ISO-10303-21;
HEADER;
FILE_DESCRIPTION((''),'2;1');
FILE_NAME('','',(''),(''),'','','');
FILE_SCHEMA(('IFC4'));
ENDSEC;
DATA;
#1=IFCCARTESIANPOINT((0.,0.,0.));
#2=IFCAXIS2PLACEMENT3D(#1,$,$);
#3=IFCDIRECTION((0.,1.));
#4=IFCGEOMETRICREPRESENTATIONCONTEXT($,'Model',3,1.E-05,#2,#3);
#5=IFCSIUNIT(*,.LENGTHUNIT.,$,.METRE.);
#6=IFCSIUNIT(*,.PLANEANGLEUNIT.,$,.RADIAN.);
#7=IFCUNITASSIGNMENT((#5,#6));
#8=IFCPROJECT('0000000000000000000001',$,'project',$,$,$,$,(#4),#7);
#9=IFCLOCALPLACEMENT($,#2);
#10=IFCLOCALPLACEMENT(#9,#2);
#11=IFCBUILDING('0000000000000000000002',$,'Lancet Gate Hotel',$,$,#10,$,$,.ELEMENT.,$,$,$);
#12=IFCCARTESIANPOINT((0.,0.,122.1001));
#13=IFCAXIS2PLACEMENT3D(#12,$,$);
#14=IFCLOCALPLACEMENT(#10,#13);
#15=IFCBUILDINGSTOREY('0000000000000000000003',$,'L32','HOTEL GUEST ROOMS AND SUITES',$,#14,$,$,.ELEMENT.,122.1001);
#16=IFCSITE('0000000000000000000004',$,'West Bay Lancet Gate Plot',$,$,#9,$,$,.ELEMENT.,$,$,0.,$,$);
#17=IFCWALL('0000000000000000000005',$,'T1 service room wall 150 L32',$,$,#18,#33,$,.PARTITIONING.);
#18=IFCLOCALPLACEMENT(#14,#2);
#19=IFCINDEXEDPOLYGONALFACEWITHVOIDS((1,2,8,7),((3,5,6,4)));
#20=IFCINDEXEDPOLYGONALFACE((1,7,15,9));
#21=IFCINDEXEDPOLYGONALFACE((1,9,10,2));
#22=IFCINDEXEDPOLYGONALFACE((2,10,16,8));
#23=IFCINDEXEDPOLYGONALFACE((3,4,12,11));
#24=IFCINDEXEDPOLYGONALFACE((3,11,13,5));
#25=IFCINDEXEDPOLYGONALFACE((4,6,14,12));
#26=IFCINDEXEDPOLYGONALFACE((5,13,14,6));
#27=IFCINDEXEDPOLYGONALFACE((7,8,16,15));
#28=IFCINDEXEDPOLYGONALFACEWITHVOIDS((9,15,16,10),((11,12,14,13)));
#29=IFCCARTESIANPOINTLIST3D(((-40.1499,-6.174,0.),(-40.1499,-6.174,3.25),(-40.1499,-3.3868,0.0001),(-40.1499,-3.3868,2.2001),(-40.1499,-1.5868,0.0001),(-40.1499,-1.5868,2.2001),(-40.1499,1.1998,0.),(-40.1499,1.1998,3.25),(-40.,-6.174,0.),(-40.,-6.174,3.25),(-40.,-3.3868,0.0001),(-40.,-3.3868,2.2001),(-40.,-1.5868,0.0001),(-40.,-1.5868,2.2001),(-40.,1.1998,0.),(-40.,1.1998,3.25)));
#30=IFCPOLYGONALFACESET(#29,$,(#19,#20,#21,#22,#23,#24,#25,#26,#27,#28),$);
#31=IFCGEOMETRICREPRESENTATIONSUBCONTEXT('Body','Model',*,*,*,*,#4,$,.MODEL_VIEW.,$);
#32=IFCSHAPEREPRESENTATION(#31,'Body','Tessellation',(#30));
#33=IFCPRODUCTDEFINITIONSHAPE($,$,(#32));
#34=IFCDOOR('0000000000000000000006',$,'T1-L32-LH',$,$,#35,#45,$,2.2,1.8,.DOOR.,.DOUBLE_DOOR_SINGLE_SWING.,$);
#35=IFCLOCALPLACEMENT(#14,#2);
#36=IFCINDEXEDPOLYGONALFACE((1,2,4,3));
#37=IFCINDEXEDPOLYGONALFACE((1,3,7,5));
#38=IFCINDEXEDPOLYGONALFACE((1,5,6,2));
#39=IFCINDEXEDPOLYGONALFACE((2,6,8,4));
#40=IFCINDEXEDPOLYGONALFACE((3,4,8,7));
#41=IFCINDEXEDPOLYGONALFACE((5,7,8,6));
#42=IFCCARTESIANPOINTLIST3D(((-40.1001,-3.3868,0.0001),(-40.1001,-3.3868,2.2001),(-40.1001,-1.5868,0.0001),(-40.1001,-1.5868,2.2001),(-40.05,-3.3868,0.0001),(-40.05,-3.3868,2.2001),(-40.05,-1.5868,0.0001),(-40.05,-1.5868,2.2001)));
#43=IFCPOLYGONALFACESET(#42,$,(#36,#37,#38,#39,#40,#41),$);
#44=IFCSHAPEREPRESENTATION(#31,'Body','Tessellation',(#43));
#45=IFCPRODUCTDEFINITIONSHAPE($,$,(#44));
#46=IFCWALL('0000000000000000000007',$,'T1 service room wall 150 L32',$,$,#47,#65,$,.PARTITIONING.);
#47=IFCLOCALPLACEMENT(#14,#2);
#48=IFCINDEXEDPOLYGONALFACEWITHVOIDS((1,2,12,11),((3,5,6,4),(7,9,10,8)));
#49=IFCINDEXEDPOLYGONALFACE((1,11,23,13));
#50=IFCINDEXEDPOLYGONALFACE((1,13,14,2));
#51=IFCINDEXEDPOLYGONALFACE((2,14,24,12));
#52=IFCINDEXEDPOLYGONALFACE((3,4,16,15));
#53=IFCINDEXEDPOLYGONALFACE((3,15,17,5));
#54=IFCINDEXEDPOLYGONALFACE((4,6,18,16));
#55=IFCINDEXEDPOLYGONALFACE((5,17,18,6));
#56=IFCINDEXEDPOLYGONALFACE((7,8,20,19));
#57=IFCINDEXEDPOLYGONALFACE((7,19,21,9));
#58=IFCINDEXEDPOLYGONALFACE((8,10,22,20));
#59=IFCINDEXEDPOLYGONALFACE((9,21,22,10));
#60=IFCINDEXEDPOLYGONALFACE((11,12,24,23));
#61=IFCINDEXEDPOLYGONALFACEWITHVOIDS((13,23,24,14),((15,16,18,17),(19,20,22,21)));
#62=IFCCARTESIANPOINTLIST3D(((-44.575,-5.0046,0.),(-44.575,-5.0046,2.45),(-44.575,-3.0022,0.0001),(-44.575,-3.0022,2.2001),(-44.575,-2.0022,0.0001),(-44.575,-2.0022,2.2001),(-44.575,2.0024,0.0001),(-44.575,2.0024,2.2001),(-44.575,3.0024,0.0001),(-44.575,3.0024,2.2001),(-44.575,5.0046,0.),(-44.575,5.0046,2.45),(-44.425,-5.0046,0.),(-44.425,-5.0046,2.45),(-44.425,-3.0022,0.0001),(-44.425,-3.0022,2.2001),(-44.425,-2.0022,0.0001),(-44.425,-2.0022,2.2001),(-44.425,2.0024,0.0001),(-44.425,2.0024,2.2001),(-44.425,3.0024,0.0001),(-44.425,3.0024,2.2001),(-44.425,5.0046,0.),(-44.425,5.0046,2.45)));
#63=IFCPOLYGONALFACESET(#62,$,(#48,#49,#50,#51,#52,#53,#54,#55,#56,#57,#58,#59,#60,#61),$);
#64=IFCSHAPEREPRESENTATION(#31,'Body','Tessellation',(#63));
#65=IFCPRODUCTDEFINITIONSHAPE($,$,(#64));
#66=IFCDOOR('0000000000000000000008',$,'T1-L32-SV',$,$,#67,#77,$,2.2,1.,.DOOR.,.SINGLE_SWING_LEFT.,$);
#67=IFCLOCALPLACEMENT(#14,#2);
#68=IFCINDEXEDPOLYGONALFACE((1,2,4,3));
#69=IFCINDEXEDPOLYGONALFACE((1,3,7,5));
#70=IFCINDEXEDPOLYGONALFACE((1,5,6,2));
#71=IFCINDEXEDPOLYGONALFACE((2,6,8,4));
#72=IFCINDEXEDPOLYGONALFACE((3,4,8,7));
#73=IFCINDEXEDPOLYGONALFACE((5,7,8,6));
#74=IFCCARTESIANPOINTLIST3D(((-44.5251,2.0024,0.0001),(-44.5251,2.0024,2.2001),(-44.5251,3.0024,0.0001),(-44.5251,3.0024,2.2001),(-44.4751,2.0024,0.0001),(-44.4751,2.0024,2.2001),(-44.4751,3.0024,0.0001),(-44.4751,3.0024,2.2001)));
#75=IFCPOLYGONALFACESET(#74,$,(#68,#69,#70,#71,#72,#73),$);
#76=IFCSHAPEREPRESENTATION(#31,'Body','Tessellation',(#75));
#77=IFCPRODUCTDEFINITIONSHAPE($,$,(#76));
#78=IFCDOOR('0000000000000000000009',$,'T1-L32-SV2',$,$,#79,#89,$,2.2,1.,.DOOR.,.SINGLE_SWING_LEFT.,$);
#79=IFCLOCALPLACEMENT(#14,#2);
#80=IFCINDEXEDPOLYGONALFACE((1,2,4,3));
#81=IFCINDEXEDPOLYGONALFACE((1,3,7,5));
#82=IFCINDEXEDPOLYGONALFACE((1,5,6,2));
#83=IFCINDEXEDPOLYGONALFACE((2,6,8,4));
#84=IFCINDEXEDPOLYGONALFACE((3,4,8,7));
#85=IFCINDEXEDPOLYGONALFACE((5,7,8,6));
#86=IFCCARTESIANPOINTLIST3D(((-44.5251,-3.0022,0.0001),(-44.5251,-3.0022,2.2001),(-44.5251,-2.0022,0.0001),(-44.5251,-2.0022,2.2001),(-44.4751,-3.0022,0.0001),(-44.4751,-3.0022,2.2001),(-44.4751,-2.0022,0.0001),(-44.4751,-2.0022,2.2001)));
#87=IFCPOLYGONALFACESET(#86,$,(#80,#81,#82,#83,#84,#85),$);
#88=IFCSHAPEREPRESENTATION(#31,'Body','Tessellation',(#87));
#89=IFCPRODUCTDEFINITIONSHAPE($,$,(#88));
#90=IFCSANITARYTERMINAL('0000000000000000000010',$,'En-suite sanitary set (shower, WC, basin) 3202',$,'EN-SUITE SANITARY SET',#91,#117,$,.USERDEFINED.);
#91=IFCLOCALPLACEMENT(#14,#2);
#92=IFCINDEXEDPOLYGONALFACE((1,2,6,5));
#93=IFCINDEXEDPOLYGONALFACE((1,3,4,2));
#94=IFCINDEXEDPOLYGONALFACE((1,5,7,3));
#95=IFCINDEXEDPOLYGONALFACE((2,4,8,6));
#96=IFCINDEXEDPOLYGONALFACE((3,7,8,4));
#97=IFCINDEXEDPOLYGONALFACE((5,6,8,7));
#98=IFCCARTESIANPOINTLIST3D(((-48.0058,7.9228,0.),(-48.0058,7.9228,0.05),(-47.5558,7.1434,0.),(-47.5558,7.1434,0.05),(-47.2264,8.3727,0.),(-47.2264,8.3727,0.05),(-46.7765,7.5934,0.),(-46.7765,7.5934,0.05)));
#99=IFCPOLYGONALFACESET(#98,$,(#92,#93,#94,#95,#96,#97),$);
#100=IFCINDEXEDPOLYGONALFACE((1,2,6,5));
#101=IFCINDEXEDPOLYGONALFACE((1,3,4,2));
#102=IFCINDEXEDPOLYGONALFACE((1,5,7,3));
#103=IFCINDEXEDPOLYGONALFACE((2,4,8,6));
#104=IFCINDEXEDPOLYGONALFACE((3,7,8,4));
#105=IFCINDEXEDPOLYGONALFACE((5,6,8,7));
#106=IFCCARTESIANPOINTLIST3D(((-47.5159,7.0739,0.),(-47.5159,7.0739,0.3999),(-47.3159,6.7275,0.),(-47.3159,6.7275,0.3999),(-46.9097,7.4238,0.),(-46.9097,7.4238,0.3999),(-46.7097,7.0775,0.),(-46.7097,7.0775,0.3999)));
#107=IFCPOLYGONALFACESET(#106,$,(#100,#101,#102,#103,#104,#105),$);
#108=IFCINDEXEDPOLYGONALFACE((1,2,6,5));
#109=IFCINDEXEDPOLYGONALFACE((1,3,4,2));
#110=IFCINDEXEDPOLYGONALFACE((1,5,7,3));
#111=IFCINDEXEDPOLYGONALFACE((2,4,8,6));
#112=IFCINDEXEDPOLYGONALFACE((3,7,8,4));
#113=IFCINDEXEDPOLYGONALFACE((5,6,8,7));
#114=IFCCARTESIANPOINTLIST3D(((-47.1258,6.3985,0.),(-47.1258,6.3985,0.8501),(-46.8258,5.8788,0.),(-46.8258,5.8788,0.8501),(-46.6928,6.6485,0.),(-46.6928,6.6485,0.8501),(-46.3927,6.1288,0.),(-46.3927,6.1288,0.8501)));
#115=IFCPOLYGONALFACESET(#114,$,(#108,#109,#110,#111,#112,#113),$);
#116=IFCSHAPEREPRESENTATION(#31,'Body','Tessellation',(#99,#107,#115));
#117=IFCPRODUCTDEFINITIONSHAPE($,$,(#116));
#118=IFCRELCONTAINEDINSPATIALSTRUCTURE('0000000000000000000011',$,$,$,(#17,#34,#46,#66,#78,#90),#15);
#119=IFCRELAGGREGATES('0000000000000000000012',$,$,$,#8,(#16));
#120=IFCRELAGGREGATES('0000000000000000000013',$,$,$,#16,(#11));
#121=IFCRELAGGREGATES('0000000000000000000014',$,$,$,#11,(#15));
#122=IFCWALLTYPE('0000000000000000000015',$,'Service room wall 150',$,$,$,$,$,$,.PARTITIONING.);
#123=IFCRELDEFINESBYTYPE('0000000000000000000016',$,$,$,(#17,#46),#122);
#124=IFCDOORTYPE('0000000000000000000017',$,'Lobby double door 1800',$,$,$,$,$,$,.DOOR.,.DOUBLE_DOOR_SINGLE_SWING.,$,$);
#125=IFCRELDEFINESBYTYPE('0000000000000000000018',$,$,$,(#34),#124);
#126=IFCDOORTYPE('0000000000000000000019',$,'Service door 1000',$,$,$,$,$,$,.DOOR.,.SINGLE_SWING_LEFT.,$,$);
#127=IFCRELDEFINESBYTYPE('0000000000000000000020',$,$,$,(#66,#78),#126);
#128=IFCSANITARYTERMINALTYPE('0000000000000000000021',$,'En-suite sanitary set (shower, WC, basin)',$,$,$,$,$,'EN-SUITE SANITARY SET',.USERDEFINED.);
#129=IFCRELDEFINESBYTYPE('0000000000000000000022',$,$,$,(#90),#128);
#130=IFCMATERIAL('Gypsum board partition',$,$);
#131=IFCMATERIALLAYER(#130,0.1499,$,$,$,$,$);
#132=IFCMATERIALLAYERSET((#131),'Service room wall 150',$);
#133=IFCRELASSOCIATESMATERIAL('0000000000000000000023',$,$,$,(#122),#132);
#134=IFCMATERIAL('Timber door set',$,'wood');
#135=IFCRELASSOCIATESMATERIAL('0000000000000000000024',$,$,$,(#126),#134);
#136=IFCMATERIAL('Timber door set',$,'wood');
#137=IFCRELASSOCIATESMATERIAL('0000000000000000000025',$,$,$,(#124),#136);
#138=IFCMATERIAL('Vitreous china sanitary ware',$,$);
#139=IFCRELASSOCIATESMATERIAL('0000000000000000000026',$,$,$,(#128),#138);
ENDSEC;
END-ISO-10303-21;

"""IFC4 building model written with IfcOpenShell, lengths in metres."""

from ifc_helpers import new_model, si_unit, direction, frame, frame_2d, origin, origin_2d, place, context, subcontext, project, spatial, rectangle, extrude, material, layer, layer_set, type_object, element, fill, save


model = new_model("IFC4")

# Units and contexts
model_context = context("Model", 3, precision=1e-05, world=origin(), true_north=direction((0.0, 1.0)))
body_context = subcontext(model_context, "Body", "Model", "MODEL_VIEW")
ifc_project = project(units=[si_unit("LENGTHUNIT", "METRE"), si_unit("PLANEANGLEUNIT", "RADIAN")], contexts=[model_context])

# Site, building, storey
site_placement = place(None, origin())
site = spatial("IfcSite", under=ifc_project, at=site_placement, Name="West Bay Lancet Gate Plot", CompositionType="ELEMENT", RefElevation=0.0)
building_placement = place(site_placement, origin())
building = spatial("IfcBuilding", under=site, at=building_placement, Name="Lancet Gate Hotel", CompositionType="ELEMENT")
storey_placement = place(building_placement, frame((0.0, 0.0, 122.1001)))
storey = spatial("IfcBuildingStorey", under=building, at=storey_placement, Name="L32", Description="HOTEL GUEST ROOMS AND SUITES", CompositionType="ELEMENT", Elevation=122.1001)

# Wall, opening, door
ifc_material_1 = material(Name="Gypsum board partition")
ifc_layer_1 = layer(ifc_material_1, 0.1499)
ifc_layer_set_1 = layer_set([ifc_layer_1], Name="Service room wall 150")
wall_type_1 = type_object("IfcWallType", Name="Service room wall 150", PredefinedType="PARTITIONING", material=ifc_layer_set_1)
ifc_material_2 = material(Name="Timber door set", Category="wood")
door_type_1 = type_object("IfcDoorType", Name="Service door 1000", OperationType="SINGLE_SWING_LEFT", PredefinedType="DOOR", material=ifc_material_2)
wall_1_placement = place(storey_placement, frame((-40.075, 1.2, 0.0), z_axis=(0.0, 0.0, 1.0), x_axis=(0.0, -1.0, 0.0)))
wall_1 = element("IfcWall", 1, at=wall_1_placement, inside=storey, type_object=wall_type_1, Name="T1 service room wall 150 L32", PredefinedType="PARTITIONING", context=body_context, shape_type="SweptSolid", body=[
    extrude(rectangle(XDim=7.3738, YDim=0.1499, at=frame_2d((3.687, 0.0))), origin(), (0.0, 0.0, 1.0), 3.25),
])
opening_1_placement = place(wall_1_placement, frame((2.7869, 0.0, 0.0)))
opening_1 = element("IfcOpeningElement", 2, at=opening_1_placement, cuts=wall_1, PredefinedType="OPENING", context=body_context, shape_type="SweptSolid", body=[
    extrude(rectangle(XDim=1.8, YDim=2.2, at=frame_2d((0.8999, 1.1001))), frame((0.0, 0.085, 0.0), z_axis=(0.0, -1.0, 0.0), x_axis=(1.0, 0.0, 0.0)), (0.0, 0.0, 1.0), 0.1699),
])
ifc_material_3 = material(Name="Timber door set", Category="wood")
door_type_2 = type_object("IfcDoorType", Name="Lobby double door 1800", OperationType="DOUBLE_DOOR_SINGLE_SWING", PredefinedType="DOOR", material=ifc_material_3)
door_1_placement = place(opening_1_placement, origin())
door_1 = element("IfcDoor", 3, at=door_1_placement, inside=storey, type_object=door_type_2, Name="T1-L32-LH", OperationType="DOUBLE_DOOR_SINGLE_SWING", OverallHeight=2.2, OverallWidth=1.8, PredefinedType="DOOR", context=body_context, shape_type="SweptSolid", body=[
    extrude(rectangle(XDim=1.8, YDim=2.2, at=frame_2d((0.8999, 1.1001))), frame((0.0, 0.0249, 0.0), z_axis=(0.0, -1.0, 0.0), x_axis=(1.0, 0.0, 0.0)), (0.0, 0.0, 1.0), 0.05),
])
fill(opening_1, door_1)

# Wall, openings, doors
wall_2_placement = place(storey_placement, frame((-44.5, 5.0046, 0.0), z_axis=(0.0, 0.0, 1.0), x_axis=(0.0, -1.0, 0.0)))
wall_2 = element("IfcWall", 4, at=wall_2_placement, inside=storey, type_object=wall_type_1, Name="T1 service room wall 150 L32", PredefinedType="PARTITIONING", context=body_context, shape_type="SweptSolid", body=[
    extrude(rectangle(XDim=10.0093, YDim=0.1499, at=frame_2d((5.0046, 0.0))), origin(), (0.0, 0.0, 1.0), 2.45),
])
opening_2_placement = place(wall_2_placement, frame((2.0022, 0.0, 0.0)))
opening_2 = element("IfcOpeningElement", 5, at=opening_2_placement, cuts=wall_2, PredefinedType="OPENING", context=body_context, shape_type="SweptSolid", body=[
    extrude(rectangle(XDim=1.0, YDim=2.2, at=frame_2d((0.5, 1.1001))), frame((0.0, 0.085, 0.0), z_axis=(0.0, -1.0, 0.0), x_axis=(1.0, 0.0, 0.0)), (0.0, 0.0, 1.0), 0.1699),
])
opening_3_placement = place(wall_2_placement, frame((7.0068, 0.0, 0.0)))
opening_3 = element("IfcOpeningElement", 6, at=opening_3_placement, cuts=wall_2, PredefinedType="OPENING", context=body_context, shape_type="SweptSolid", body=[
    extrude(rectangle(XDim=1.0, YDim=2.2, at=frame_2d((0.5, 1.1001))), frame((0.0, 0.085, 0.0), z_axis=(0.0, -1.0, 0.0), x_axis=(1.0, 0.0, 0.0)), (0.0, 0.0, 1.0), 0.1699),
])
door_2_placement = place(opening_2_placement, origin())
door_2 = element("IfcDoor", 7, at=door_2_placement, inside=storey, type_object=door_type_1, Name="T1-L32-SV", OperationType="SINGLE_SWING_LEFT", OverallHeight=2.2, OverallWidth=1.0, PredefinedType="DOOR", context=body_context, shape_type="SweptSolid", body=[
    extrude(rectangle(XDim=1.0, YDim=2.2, at=frame_2d((0.5, 1.1001))), frame((0.0, 0.0249, 0.0), z_axis=(0.0, -1.0, 0.0), x_axis=(1.0, 0.0, 0.0)), (0.0, 0.0, 1.0), 0.05),
])
fill(opening_2, door_2)
door_3_placement = place(opening_3_placement, origin())
door_3 = element("IfcDoor", 8, at=door_3_placement, inside=storey, type_object=door_type_1, Name="T1-L32-SV2", OperationType="SINGLE_SWING_LEFT", OverallHeight=2.2, OverallWidth=1.0, PredefinedType="DOOR", context=body_context, shape_type="SweptSolid", body=[
    extrude(rectangle(XDim=1.0, YDim=2.2, at=frame_2d((0.5, 1.1001))), frame((0.0, 0.0249, 0.0), z_axis=(0.0, -1.0, 0.0), x_axis=(1.0, 0.0, 0.0)), (0.0, 0.0, 1.0), 0.05),
])
fill(opening_3, door_3)

# Sanitary terminal
ifc_material_4 = material(Name="Vitreous china sanitary ware")
sanitary_terminal_type = type_object("IfcSanitaryTerminalType", Name="En-suite sanitary set (shower, WC, basin)", ElementType="EN-SUITE SANITARY SET", PredefinedType="USERDEFINED", material=ifc_material_4)
sanitary_terminal_placement = place(storey_placement, frame((-47.3911, 7.7581, 0.0), z_axis=(0.0, 0.0, 1.0), x_axis=(1.0, 0.0, 0.0)))
element("IfcSanitaryTerminal", 9, at=sanitary_terminal_placement, inside=storey, type_object=sanitary_terminal_type, Name="En-suite sanitary set (shower, WC, basin) 3202", ObjectType="EN-SUITE SANITARY SET", PredefinedType="USERDEFINED", context=body_context, shape_type="SweptSolid", body=[
    extrude(rectangle(XDim=0.8999, YDim=0.8999, at=origin_2d()), frame((0.0, 0.0, 0.0), z_axis=(0.0, 0.0, 1.0), x_axis=(-0.5, 0.866025, 0.0)), (0.0, 0.0, 1.0), 0.05),
    extrude(rectangle(XDim=0.3999, YDim=0.7, at=origin_2d()), frame((0.2783, -0.6824, 0.0), z_axis=(0.0, 0.0, 1.0), x_axis=(-0.5, 0.866025, 0.0)), (0.0, 0.0, 1.0), 0.3999),
    extrude(rectangle(XDim=0.6001, YDim=0.5, at=origin_2d()), frame((0.6318, -1.4944, 0.0), z_axis=(0.0, 0.0, 1.0), x_axis=(-0.5, 0.866025, 0.0)), (0.0, 0.0, 1.0), 0.8501),
])

save(model, "model.ifc")
